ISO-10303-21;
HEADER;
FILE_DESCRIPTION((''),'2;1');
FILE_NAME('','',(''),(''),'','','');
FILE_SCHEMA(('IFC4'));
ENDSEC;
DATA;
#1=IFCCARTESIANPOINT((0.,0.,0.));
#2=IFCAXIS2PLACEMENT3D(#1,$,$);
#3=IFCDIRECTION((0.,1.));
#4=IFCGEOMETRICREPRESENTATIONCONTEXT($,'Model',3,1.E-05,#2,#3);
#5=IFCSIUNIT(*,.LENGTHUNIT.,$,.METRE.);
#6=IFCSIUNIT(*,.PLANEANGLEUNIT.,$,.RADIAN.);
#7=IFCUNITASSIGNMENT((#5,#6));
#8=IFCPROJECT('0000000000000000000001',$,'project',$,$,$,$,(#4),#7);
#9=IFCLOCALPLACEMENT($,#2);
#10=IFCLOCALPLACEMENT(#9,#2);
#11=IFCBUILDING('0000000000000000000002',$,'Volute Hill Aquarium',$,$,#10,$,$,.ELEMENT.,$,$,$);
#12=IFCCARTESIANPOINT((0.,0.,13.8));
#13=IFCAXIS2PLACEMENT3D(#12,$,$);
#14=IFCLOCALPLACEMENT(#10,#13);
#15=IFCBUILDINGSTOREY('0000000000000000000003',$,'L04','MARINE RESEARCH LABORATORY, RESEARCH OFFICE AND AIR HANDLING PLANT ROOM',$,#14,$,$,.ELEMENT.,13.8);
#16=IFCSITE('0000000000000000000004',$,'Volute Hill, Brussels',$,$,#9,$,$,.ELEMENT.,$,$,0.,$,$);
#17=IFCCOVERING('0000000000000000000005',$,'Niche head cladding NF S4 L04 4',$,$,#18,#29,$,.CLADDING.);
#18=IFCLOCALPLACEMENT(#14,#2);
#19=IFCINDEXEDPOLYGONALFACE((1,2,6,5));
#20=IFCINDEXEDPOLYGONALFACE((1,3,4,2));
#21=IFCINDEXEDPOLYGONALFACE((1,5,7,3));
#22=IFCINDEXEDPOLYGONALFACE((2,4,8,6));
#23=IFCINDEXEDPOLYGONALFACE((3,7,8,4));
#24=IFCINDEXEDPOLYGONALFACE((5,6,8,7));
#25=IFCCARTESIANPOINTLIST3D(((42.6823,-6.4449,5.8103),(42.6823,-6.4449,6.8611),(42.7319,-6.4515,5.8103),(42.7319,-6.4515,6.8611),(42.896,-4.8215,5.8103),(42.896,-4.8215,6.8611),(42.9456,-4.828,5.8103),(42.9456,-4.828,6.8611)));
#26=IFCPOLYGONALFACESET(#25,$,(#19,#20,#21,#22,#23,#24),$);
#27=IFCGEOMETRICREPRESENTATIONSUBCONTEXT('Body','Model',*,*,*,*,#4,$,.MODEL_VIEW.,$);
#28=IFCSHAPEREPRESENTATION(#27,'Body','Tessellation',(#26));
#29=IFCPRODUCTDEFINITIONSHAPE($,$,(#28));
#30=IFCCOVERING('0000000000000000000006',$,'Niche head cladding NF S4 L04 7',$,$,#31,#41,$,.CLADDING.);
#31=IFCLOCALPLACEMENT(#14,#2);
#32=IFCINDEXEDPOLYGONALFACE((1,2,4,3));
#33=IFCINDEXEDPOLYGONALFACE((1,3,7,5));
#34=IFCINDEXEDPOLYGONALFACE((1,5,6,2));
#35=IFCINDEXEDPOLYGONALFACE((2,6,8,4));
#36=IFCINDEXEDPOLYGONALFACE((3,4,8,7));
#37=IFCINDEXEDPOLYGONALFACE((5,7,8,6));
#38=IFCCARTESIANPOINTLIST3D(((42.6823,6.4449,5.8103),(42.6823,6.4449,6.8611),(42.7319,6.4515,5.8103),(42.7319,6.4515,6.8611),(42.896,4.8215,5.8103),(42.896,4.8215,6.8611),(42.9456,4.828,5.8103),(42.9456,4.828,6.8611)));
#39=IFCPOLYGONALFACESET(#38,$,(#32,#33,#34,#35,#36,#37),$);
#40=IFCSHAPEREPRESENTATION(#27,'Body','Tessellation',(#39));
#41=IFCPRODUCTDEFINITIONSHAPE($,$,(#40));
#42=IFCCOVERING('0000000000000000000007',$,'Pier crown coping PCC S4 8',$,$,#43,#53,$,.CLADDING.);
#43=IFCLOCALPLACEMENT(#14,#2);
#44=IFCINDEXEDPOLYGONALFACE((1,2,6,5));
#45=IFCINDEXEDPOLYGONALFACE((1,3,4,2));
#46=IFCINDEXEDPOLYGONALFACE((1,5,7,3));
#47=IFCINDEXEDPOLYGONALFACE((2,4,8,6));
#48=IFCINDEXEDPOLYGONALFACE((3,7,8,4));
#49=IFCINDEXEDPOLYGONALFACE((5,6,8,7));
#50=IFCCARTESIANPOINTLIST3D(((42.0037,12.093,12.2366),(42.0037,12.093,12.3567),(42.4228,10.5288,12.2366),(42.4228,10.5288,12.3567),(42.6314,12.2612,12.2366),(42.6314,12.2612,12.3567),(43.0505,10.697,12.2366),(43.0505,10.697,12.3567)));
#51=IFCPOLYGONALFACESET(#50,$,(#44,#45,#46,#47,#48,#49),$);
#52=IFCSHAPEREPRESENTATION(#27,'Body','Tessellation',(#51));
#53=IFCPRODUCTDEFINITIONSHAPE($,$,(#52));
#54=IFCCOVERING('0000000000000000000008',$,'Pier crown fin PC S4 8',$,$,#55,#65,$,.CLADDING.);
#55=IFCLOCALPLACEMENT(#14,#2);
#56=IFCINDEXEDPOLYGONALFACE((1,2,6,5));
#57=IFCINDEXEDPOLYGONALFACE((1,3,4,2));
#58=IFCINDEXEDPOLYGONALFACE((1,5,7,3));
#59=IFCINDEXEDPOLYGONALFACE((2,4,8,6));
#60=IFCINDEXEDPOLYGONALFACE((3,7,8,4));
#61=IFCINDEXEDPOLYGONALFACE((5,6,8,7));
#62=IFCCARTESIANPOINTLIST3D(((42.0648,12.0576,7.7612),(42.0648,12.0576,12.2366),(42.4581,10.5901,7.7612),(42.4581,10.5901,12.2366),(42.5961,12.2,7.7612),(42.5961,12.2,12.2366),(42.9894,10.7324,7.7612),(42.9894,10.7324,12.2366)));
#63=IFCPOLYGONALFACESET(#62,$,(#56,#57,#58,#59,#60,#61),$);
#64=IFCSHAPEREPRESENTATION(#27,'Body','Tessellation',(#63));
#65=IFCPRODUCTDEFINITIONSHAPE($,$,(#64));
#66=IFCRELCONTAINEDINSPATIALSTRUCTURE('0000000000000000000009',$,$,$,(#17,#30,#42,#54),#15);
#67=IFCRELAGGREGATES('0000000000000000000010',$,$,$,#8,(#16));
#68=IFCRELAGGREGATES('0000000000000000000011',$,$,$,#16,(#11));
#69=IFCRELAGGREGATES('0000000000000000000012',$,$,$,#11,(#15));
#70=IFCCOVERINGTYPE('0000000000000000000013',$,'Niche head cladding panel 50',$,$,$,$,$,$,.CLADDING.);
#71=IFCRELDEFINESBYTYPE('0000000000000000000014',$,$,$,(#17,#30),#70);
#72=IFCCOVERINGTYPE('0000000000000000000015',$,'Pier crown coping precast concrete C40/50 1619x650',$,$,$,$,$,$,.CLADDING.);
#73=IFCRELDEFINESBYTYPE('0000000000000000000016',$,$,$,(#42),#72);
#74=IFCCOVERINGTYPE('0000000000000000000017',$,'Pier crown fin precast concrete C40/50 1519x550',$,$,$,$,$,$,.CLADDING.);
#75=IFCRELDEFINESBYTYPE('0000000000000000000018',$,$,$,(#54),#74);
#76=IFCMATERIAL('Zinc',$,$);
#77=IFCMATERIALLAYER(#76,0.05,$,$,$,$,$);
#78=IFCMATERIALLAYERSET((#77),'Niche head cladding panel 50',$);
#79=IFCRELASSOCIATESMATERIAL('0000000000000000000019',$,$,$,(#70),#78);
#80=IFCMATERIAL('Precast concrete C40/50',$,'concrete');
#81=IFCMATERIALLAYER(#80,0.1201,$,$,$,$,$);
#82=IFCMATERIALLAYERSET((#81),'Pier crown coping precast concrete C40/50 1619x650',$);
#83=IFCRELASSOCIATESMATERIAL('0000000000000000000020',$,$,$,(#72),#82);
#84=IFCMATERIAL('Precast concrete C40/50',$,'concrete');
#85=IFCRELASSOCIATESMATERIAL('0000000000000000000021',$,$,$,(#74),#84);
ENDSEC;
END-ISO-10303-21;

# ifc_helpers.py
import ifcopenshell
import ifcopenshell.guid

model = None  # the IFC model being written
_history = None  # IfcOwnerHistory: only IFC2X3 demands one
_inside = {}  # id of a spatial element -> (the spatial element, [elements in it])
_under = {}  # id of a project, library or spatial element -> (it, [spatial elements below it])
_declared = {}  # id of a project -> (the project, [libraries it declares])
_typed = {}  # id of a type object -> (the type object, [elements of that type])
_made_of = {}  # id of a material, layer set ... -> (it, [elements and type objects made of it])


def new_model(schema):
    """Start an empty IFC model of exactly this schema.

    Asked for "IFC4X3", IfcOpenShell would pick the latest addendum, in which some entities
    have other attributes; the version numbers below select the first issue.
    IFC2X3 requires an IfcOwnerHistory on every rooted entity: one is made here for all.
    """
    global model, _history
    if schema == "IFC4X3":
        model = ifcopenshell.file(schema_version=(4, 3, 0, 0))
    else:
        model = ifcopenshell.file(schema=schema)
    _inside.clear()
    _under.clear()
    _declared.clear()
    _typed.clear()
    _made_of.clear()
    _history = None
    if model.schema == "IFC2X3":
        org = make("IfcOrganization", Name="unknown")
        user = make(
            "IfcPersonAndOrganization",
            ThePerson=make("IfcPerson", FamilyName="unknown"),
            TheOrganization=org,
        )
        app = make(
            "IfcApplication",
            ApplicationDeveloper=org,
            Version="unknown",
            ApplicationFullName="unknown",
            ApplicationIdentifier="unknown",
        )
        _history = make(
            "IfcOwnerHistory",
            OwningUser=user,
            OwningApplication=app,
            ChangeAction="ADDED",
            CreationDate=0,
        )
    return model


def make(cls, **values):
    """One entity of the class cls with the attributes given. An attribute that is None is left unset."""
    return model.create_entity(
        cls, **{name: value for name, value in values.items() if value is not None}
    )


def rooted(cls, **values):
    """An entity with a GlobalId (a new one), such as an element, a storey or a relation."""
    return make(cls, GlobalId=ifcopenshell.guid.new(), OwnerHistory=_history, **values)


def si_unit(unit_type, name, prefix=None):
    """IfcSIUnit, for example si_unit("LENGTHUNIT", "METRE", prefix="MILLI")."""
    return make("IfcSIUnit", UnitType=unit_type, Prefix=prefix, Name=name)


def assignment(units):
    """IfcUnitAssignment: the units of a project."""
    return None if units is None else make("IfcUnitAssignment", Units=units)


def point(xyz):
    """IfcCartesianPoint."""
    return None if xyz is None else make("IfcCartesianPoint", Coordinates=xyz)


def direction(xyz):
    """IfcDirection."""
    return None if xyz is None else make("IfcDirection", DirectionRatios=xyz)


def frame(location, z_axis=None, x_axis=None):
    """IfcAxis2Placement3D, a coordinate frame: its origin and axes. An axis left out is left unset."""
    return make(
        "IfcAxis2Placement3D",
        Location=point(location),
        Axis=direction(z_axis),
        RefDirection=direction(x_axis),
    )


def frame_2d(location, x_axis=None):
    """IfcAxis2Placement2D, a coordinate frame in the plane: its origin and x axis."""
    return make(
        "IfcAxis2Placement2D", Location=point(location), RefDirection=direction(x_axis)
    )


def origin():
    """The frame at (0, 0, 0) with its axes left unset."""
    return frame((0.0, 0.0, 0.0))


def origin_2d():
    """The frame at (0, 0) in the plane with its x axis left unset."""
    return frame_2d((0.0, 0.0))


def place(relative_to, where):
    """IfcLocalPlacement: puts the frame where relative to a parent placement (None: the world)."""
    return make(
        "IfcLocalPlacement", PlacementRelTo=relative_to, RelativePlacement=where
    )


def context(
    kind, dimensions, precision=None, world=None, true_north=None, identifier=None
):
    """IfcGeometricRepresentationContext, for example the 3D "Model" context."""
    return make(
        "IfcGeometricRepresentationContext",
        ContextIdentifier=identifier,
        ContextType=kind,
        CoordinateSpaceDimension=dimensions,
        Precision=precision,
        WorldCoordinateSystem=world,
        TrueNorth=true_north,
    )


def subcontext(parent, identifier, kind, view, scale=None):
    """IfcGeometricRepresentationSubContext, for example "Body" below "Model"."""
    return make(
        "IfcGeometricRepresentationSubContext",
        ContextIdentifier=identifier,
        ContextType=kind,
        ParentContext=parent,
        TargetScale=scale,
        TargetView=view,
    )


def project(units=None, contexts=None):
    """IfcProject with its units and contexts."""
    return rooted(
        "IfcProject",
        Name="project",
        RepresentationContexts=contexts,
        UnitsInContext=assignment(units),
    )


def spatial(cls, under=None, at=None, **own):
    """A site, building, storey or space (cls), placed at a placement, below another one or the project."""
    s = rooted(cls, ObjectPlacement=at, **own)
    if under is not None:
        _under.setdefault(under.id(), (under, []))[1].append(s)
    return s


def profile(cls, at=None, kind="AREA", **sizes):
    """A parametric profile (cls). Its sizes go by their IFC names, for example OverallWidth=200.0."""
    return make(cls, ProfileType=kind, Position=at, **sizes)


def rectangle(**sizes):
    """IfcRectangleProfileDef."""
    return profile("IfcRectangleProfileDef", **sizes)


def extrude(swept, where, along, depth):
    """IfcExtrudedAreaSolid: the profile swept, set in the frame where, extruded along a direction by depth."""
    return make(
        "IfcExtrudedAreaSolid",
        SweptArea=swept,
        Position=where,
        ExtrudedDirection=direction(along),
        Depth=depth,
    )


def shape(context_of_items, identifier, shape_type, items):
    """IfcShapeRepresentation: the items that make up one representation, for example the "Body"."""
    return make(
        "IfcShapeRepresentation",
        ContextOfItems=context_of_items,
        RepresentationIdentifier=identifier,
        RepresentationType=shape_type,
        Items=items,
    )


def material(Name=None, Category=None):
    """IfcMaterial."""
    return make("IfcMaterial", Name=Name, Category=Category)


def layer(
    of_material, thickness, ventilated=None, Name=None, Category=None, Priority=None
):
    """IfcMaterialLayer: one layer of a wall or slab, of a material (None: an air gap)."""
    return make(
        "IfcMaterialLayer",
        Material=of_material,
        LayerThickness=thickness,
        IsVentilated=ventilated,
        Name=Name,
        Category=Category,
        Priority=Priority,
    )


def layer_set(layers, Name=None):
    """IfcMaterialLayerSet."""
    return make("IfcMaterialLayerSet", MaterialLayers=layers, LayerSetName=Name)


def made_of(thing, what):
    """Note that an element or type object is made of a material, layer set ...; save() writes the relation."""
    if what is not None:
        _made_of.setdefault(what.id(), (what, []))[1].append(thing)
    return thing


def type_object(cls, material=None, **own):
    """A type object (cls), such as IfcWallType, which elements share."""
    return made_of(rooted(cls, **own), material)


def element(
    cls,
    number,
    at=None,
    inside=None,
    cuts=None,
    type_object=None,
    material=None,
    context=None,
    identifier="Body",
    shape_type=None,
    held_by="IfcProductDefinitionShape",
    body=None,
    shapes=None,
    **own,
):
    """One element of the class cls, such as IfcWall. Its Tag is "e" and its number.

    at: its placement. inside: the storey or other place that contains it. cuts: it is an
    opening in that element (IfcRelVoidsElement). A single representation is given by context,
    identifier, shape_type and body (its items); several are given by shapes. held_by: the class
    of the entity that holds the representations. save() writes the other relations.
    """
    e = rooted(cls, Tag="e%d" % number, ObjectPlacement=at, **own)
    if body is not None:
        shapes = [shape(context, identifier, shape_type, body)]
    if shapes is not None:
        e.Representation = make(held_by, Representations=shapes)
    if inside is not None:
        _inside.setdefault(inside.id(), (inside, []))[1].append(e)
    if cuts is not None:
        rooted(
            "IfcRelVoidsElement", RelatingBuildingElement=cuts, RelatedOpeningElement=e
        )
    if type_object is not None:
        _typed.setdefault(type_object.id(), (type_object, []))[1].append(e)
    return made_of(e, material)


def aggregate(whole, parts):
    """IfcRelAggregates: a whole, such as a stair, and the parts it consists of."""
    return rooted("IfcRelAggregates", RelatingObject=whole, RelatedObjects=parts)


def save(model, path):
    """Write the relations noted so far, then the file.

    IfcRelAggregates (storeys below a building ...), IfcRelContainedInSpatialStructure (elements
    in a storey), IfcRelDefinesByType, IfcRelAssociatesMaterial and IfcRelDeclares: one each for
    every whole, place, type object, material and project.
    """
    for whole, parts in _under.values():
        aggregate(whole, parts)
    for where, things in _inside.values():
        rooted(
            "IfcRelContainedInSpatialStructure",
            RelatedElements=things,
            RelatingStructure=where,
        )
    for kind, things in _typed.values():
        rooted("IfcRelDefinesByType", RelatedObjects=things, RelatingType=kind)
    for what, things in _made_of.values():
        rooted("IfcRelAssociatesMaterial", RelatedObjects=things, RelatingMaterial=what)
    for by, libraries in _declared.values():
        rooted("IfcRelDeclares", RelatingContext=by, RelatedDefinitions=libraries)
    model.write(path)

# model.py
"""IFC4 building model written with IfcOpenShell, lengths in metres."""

from ifc_helpers import new_model, si_unit, direction, frame, origin, origin_2d, place, context, subcontext, project, spatial, rectangle, extrude, material, layer, layer_set, type_object, element, save


model = new_model("IFC4")

# Units and contexts
model_context = context("Model", 3, precision=1e-05, world=origin(), true_north=direction((0.0, 1.0)))
body_context = subcontext(model_context, "Body", "Model", "MODEL_VIEW")
ifc_project = project(units=[si_unit("LENGTHUNIT", "METRE"), si_unit("PLANEANGLEUNIT", "RADIAN")], contexts=[model_context])

# Site, building, storey
site_placement = place(None, origin())
site = spatial("IfcSite", under=ifc_project, at=site_placement, Name="Volute Hill, Brussels", CompositionType="ELEMENT", RefElevation=0.0)
building_placement = place(site_placement, origin())
building = spatial("IfcBuilding", under=site, at=building_placement, Name="Volute Hill Aquarium", CompositionType="ELEMENT")
storey_placement = place(building_placement, frame((0.0, 0.0, 13.8)))
storey = spatial("IfcBuildingStorey", under=building, at=storey_placement, Name="L04", Description="MARINE RESEARCH LABORATORY, RESEARCH OFFICE AND AIR HANDLING PLANT ROOM", CompositionType="ELEMENT", Elevation=13.8)

# Coverings
ifc_material_1 = material(Name="Zinc")
ifc_layer_1 = layer(ifc_material_1, 0.05)
ifc_layer_set_1 = layer_set([ifc_layer_1], Name="Niche head cladding panel 50")
covering_type_1 = type_object("IfcCoveringType", Name="Niche head cladding panel 50", PredefinedType="CLADDING", material=ifc_layer_set_1)
for number, where, z_axis, x_axis, name in (
    (1, (42.814, -5.6365, 5.8103), (0.0, 0.0, 1.0), (0.130516, 0.991446, 0.0), "Niche head cladding NF S4 L04 4"),
    (2, (42.814, 5.6365, 5.8103), (0.0, 0.0, 1.0), (-0.130516, 0.991446, 0.0), "Niche head cladding NF S4 L04 7"),
):
    element("IfcCovering", number, at=place(storey_placement, frame(where, z_axis=z_axis, x_axis=x_axis)), inside=storey, type_object=covering_type_1, Name=name, PredefinedType="CLADDING", context=body_context, shape_type="SweptSolid", body=[
        extrude(rectangle(XDim=1.6375, YDim=0.05, at=origin_2d()), origin(), (0.0, 0.0, 1.0), 1.0508),
    ])
ifc_material_2 = material(Name="Precast concrete C40/50", Category="concrete")
ifc_layer_2 = layer(ifc_material_2, 0.1201)
ifc_layer_set_2 = layer_set([ifc_layer_2], Name="Pier crown coping precast concrete C40/50 1619x650")
covering_type_2 = type_object("IfcCoveringType", Name="Pier crown coping precast concrete C40/50 1619x650", PredefinedType="CLADDING", material=ifc_layer_set_2)
covering_1_placement = place(storey_placement, frame((42.5271, 11.395, 12.2366), z_axis=(0.0, 0.0, 1.0), x_axis=(-0.258819, 0.965926, 0.0)))
element("IfcCovering", 3, at=covering_1_placement, inside=storey, type_object=covering_type_2, Name="Pier crown coping PCC S4 8", PredefinedType="CLADDING", context=body_context, shape_type="SweptSolid", body=[
    extrude(rectangle(XDim=1.6194, YDim=0.6499, at=origin_2d()), origin(), (0.0, 0.0, 1.0), 0.1201),
])
ifc_material_3 = material(Name="Precast concrete C40/50", Category="concrete")
covering_type_3 = type_object("IfcCoveringType", Name="Pier crown fin precast concrete C40/50 1519x550", PredefinedType="CLADDING", material=ifc_material_3)
covering_2_placement = place(storey_placement, frame((42.5271, 11.395, 7.7612), z_axis=(0.0, 0.0, 1.0), x_axis=(-0.258819, 0.965926, 0.0)))
element("IfcCovering", 4, at=covering_2_placement, inside=storey, type_object=covering_type_3, Name="Pier crown fin PC S4 8", PredefinedType="CLADDING", context=body_context, shape_type="SweptSolid", body=[
    extrude(rectangle(XDim=1.5193, YDim=0.55, at=origin_2d()), origin(), (0.0, 0.0, 1.0), 4.4753),
])

save(model, "model.ifc")
